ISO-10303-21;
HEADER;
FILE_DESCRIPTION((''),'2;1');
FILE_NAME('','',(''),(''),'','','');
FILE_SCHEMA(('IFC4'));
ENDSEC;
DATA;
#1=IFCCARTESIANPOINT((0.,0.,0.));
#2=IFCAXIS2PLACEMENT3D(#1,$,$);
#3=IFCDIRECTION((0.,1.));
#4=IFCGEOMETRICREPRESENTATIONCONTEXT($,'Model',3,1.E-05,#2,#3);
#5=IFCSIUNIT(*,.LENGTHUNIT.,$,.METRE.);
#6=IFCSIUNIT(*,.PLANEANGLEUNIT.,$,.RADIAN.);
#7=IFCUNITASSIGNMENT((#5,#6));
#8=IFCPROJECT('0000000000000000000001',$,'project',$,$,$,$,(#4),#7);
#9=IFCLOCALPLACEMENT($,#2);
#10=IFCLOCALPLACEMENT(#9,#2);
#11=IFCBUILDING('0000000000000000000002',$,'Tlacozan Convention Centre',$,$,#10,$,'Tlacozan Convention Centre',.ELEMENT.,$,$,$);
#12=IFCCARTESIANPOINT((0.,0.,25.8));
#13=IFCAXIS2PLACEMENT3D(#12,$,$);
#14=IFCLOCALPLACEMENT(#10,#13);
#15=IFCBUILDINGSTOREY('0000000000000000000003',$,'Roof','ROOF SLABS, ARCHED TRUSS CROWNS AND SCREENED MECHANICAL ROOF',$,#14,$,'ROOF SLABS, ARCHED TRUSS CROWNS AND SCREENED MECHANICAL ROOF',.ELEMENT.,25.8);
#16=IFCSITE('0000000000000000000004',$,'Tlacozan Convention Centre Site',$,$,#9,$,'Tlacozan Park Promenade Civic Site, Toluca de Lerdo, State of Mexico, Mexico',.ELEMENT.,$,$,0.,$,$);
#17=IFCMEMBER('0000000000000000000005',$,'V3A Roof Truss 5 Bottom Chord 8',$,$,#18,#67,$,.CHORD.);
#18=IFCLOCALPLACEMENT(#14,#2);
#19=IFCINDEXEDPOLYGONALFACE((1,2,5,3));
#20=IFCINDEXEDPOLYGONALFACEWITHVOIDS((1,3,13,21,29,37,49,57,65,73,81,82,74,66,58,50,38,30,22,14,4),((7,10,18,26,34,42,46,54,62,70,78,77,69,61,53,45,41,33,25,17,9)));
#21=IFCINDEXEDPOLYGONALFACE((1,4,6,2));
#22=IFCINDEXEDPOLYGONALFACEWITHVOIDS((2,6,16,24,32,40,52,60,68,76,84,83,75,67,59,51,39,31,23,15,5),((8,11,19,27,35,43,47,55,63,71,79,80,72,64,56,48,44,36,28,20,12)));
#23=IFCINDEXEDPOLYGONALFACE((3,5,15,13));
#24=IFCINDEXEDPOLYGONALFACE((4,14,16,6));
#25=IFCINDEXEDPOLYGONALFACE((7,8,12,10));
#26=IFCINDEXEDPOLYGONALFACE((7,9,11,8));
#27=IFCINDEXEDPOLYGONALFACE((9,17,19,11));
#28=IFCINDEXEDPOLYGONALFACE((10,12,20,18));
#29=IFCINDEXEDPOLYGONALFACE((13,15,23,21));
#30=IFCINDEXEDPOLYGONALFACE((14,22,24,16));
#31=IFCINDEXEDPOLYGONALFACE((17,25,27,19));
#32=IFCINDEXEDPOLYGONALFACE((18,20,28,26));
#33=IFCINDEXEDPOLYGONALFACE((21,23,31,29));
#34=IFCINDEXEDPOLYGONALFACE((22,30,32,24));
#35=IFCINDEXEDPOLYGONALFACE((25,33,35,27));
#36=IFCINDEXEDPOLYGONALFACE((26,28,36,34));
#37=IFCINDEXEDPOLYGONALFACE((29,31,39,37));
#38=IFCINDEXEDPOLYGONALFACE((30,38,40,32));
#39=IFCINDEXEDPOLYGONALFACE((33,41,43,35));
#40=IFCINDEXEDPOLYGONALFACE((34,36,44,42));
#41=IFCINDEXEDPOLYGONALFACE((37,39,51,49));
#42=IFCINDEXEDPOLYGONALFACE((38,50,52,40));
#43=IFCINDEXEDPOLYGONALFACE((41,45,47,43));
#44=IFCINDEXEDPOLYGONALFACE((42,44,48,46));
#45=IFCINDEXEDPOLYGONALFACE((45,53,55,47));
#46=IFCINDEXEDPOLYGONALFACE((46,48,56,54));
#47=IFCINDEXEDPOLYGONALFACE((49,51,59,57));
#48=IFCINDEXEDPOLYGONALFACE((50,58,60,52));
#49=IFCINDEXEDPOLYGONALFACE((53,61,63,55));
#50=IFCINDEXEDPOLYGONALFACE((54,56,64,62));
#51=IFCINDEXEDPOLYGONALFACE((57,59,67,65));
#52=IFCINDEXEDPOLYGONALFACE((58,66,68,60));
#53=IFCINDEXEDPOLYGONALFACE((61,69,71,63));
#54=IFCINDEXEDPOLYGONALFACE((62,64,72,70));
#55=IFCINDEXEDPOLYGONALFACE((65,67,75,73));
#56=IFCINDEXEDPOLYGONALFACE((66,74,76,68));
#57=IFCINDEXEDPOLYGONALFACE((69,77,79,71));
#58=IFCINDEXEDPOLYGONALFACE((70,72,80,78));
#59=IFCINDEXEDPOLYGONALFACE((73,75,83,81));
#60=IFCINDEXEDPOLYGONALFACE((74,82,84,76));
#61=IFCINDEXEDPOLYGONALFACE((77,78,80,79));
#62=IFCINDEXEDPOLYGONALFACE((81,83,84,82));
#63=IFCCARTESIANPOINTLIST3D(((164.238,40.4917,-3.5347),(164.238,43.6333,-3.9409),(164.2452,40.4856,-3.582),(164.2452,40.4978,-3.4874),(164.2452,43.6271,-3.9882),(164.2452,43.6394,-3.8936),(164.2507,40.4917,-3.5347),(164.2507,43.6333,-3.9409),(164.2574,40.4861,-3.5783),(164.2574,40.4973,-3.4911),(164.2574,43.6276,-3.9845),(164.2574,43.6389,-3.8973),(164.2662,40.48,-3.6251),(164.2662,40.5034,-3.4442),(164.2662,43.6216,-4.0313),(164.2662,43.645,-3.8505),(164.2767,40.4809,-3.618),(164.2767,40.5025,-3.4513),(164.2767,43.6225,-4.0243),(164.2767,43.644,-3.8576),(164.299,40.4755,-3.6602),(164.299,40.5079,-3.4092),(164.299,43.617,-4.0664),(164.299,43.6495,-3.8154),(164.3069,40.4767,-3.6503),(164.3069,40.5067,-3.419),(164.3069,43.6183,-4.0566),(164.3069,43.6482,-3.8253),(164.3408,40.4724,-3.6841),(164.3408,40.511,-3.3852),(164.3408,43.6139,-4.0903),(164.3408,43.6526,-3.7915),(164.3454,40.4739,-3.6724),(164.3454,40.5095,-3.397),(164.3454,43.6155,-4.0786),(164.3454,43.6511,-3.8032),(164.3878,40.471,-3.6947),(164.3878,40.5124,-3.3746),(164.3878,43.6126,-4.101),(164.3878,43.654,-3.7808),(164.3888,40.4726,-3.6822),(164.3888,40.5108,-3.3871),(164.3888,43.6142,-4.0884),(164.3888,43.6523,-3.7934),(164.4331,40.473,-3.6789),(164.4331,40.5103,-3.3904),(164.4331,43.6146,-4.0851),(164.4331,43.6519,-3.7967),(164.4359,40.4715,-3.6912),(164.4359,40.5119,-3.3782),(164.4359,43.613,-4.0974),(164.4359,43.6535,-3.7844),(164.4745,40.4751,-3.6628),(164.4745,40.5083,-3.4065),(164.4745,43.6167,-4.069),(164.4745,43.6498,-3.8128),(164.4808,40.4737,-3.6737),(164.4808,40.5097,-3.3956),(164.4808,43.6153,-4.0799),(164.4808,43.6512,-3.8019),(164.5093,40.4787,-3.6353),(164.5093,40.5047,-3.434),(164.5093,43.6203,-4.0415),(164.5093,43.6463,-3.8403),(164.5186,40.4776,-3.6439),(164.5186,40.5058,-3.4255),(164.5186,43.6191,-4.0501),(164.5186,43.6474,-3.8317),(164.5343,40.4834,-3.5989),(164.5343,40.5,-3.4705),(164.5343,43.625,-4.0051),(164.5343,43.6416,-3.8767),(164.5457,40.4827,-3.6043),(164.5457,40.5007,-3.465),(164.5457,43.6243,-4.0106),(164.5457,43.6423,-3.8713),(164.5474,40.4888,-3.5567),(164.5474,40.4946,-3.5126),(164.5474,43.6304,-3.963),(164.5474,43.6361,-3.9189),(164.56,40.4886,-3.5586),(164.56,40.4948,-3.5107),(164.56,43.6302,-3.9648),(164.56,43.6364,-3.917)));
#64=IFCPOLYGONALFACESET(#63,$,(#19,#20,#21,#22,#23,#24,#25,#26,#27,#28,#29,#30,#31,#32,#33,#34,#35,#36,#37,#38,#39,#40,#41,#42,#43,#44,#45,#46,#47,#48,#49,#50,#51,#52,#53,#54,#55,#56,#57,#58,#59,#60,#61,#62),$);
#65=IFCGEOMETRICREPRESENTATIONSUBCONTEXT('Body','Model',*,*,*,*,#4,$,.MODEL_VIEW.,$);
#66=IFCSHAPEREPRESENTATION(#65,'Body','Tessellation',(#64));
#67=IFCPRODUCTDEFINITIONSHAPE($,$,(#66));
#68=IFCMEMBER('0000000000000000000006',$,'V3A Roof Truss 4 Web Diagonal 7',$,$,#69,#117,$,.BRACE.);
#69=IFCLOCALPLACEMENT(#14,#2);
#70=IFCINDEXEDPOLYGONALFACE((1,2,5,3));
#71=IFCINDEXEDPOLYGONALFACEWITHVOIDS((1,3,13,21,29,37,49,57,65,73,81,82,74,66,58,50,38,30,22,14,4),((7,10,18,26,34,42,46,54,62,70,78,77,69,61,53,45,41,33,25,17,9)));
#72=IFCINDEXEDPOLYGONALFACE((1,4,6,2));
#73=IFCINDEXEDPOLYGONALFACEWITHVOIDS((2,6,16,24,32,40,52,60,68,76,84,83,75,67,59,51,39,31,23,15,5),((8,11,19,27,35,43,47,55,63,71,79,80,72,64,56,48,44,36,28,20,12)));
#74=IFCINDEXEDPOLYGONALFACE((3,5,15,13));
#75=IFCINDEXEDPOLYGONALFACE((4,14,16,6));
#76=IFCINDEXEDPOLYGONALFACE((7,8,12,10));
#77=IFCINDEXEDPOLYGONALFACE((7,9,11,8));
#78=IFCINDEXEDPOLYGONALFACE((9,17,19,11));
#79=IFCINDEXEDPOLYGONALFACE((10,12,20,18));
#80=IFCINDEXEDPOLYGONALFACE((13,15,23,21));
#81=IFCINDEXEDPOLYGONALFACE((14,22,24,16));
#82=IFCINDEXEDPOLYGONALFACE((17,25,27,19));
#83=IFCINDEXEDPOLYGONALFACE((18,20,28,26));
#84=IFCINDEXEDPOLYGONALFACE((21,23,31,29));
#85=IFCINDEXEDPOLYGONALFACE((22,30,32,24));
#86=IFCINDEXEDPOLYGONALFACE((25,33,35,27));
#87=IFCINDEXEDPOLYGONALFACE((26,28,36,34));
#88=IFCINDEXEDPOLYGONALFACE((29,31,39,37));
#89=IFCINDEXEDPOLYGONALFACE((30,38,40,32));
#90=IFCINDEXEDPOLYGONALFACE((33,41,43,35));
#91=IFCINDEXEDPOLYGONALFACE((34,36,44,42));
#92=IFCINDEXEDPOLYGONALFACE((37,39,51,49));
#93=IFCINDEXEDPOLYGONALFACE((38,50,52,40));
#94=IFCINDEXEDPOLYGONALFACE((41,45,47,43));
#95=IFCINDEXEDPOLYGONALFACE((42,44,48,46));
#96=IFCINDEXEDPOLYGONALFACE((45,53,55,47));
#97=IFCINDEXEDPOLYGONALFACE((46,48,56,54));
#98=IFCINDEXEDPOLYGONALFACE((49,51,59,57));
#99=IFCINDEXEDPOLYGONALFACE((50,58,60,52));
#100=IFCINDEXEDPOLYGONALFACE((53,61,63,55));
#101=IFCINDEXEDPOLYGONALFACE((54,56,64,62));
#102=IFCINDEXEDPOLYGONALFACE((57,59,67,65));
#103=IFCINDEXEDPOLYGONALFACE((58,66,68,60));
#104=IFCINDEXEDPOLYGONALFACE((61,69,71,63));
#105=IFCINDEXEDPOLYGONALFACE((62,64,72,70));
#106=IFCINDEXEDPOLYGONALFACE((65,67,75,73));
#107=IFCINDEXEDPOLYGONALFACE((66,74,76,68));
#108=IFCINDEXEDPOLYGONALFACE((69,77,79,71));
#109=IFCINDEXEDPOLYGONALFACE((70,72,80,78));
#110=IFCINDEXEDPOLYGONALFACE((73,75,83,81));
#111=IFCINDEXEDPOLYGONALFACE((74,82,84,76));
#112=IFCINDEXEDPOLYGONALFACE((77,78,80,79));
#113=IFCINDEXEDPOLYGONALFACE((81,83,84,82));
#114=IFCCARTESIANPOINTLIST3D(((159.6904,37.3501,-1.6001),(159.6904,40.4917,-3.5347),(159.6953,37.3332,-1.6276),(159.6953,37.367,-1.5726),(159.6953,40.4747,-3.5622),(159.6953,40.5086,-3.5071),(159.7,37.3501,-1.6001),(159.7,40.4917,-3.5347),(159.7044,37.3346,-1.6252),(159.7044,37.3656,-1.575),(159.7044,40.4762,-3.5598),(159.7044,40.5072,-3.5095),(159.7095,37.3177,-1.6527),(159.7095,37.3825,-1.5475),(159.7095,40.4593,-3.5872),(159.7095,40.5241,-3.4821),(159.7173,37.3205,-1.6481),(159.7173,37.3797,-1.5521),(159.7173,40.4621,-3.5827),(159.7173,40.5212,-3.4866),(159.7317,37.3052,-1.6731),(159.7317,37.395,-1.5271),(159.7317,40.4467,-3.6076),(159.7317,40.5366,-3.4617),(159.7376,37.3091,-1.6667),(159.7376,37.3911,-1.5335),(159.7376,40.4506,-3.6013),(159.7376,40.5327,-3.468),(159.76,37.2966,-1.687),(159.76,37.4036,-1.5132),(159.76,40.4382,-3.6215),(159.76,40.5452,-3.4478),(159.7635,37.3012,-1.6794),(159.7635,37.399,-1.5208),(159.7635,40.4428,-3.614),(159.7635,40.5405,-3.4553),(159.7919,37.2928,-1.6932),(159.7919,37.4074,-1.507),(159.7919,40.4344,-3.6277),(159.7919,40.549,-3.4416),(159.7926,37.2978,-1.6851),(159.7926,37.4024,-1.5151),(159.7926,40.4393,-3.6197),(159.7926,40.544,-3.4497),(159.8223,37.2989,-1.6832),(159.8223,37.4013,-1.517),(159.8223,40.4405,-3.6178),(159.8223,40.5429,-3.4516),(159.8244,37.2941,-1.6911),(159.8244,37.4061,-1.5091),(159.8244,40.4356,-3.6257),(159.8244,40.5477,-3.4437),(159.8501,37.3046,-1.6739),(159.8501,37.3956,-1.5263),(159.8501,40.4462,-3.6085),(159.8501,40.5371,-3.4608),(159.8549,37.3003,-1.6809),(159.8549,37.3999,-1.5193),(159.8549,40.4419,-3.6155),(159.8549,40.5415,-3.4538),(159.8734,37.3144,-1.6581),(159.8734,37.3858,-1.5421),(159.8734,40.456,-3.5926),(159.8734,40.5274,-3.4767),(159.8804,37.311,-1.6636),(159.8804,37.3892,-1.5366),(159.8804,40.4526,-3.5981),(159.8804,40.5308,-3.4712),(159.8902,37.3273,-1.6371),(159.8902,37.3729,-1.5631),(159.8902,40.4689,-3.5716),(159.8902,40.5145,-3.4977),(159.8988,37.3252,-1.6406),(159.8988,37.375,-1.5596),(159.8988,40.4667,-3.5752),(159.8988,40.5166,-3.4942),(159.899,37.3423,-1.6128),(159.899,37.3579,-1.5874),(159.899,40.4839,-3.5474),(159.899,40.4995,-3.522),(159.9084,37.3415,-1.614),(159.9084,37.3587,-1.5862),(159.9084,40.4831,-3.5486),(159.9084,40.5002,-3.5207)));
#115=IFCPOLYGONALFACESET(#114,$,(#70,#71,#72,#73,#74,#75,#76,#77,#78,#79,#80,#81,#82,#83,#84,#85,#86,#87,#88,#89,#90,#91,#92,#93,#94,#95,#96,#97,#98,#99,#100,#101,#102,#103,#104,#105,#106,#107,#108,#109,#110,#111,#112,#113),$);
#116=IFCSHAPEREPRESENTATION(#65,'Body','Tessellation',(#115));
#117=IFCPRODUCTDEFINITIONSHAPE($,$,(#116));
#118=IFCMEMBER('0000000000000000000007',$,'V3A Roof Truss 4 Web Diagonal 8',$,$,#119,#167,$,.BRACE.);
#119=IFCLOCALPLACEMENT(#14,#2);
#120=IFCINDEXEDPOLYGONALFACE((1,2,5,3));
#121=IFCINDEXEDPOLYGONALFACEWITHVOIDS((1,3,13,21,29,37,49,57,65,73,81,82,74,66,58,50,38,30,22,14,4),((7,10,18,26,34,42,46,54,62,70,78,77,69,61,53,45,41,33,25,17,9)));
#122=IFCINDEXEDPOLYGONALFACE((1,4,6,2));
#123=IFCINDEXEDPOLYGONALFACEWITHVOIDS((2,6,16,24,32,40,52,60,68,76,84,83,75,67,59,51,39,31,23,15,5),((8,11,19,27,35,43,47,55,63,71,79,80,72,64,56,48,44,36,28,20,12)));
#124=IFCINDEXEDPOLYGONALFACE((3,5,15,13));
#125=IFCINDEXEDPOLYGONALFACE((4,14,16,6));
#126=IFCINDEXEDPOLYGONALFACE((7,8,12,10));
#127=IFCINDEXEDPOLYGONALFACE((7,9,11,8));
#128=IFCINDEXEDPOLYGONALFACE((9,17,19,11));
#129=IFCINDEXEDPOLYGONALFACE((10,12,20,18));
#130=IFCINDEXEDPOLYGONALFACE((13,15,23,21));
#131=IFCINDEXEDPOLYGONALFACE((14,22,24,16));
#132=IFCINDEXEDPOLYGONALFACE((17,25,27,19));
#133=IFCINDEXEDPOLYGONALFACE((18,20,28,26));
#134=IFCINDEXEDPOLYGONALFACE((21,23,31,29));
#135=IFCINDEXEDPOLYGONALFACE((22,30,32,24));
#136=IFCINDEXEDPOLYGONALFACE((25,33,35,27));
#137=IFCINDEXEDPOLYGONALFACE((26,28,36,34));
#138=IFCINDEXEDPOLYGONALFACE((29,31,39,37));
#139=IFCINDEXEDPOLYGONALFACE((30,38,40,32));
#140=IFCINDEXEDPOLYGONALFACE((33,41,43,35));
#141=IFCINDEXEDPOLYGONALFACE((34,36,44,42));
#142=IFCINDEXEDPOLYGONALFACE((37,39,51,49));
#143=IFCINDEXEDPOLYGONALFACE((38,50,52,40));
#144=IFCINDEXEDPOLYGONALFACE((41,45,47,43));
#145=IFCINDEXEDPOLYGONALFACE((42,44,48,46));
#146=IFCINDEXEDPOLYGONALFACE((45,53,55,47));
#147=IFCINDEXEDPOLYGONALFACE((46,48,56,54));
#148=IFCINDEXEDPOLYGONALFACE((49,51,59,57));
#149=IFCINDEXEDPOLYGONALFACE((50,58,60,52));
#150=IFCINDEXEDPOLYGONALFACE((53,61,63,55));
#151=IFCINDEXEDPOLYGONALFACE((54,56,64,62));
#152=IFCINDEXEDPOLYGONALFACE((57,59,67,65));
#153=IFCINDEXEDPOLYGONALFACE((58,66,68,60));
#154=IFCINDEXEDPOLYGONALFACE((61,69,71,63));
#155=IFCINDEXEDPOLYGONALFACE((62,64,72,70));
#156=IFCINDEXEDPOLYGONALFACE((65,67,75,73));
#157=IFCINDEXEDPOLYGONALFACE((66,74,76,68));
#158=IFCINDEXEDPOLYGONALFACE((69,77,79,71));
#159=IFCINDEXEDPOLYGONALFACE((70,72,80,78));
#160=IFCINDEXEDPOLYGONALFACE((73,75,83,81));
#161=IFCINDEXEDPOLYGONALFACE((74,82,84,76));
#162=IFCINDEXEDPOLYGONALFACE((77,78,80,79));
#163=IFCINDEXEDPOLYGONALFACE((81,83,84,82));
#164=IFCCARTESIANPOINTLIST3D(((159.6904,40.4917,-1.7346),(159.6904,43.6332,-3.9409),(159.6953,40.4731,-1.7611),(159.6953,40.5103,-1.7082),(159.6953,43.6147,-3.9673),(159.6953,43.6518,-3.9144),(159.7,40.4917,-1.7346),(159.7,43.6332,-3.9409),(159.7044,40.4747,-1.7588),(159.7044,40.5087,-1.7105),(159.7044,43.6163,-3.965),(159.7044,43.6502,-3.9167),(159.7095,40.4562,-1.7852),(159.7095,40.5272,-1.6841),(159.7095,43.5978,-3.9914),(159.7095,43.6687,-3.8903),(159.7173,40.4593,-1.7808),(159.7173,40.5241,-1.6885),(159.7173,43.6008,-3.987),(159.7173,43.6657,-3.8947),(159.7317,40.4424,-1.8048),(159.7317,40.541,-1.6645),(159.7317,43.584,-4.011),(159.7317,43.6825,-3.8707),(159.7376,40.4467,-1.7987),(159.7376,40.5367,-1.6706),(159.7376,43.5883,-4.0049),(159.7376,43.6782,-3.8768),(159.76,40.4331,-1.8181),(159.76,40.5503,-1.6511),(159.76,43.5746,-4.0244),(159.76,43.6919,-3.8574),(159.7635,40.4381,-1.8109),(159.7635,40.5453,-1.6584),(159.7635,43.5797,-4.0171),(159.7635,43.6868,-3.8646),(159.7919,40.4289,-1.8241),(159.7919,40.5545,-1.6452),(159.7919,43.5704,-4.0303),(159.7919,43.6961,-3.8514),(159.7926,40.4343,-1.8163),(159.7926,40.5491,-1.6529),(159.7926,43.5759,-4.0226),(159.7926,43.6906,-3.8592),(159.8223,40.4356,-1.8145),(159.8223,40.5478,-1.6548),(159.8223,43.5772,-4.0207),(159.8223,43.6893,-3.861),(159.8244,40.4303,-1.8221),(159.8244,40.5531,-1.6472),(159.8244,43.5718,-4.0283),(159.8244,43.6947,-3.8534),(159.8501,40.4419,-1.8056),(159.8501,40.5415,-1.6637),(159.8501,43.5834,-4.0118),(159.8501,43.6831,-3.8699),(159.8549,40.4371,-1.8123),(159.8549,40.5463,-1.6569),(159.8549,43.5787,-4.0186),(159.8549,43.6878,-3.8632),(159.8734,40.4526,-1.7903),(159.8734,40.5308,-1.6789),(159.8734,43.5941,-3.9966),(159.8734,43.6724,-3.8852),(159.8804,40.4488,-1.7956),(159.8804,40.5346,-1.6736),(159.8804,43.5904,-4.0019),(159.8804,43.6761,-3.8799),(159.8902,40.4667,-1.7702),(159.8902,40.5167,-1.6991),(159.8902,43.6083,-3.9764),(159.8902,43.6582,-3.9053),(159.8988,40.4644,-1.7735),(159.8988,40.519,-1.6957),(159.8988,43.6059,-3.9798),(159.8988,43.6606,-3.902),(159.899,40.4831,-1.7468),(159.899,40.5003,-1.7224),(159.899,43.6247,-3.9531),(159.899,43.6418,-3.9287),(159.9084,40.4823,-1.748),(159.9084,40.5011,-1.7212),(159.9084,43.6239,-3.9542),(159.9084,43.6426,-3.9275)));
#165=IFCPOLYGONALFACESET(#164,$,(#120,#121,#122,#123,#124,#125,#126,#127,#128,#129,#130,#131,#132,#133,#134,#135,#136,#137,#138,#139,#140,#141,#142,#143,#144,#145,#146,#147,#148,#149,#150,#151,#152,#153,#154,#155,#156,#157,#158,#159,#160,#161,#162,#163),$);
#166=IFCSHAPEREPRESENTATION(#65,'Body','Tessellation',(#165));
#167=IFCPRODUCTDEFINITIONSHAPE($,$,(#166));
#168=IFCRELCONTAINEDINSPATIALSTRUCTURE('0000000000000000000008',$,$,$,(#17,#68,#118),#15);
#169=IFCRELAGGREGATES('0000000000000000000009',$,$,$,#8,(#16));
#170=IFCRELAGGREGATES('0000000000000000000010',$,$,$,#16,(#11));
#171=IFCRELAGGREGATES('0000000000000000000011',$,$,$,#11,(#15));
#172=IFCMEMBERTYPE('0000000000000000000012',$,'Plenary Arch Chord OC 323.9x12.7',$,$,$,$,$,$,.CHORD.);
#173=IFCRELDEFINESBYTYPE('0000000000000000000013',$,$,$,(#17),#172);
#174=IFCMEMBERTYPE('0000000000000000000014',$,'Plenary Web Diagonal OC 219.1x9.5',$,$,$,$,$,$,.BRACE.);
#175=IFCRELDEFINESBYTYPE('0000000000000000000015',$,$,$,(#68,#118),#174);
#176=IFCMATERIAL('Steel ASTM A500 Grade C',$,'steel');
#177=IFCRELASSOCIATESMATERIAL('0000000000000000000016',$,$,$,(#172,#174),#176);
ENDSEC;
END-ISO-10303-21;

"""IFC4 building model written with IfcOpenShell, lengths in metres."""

from ifc_helpers import new_model, si_unit, direction, frame, origin, origin_2d, place, context, subcontext, project, spatial, hollow_circle, extrude, material, material_profile, profile_set, type_object, element, save


model = new_model("IFC4")

# Units and contexts
model_context = context("Model", 3, precision=1e-05, world=origin(), true_north=direction((0.0, 1.0)))
body_context = subcontext(model_context, "Body", "Model", "MODEL_VIEW")
ifc_project = project(units=[si_unit("LENGTHUNIT", "METRE"), si_unit("PLANEANGLEUNIT", "RADIAN")], contexts=[model_context])

# Site, building, storey
site_placement = place(None, origin())
site = spatial("IfcSite", under=ifc_project, at=site_placement, Name="Tlacozan Convention Centre Site", LongName="Tlacozan Park Promenade Civic Site, Toluca de Lerdo, State of Mexico, Mexico", CompositionType="ELEMENT", RefElevation=0.0)
building_placement = place(site_placement, origin())
building = spatial("IfcBuilding", under=site, at=building_placement, Name="Tlacozan Convention Centre", LongName="Tlacozan Convention Centre", CompositionType="ELEMENT")
storey_placement = place(building_placement, frame((0.0, 0.0, 25.8)))
storey = spatial("IfcBuildingStorey", under=building, at=storey_placement, Name="Roof", Description="ROOF SLABS, ARCHED TRUSS CROWNS AND SCREENED MECHANICAL ROOF", LongName="ROOF SLABS, ARCHED TRUSS CROWNS AND SCREENED MECHANICAL ROOF", CompositionType="ELEMENT", Elevation=25.8)

# Members
ifc_material_1 = material(Name="Steel ASTM A500 Grade C", Category="steel")
ifc_material_profile_1 = material_profile(ifc_material_1, hollow_circle(Radius=0.1619, WallThickness=0.0127, at=origin_2d()), Name="OC 323.9x12.7")
ifc_profile_set_1 = profile_set([ifc_material_profile_1], Name="Steel ASTM A500 Grade C")
member_type_1 = type_object("IfcMemberType", Name="Plenary Arch Chord OC 323.9x12.7", PredefinedType="CHORD", material=ifc_profile_set_1)
for number, where, z_axis, x_axis, name in (
    (1, (164.3999, 40.4917, -3.5347), (0.0, 0.991742, -0.128245), (-1.0, 0.0, 0.0), "V3A Roof Truss 5 Bottom Chord 8"),
):
    element("IfcMember", number, at=place(storey_placement, frame(where, z_axis=z_axis, x_axis=x_axis)), inside=storey, type_object=member_type_1, Name=name, PredefinedType="CHORD", context=body_context, shape_type="SweptSolid", body=[
        extrude(hollow_circle(Radius=0.1619, WallThickness=0.0127, at=origin_2d()), origin(), (0.0, 0.0, 1.0), 3.1677),
    ])
ifc_material_profile_2 = material_profile(ifc_material_1, hollow_circle(Radius=0.1096, WallThickness=0.0095, at=origin_2d()), Name="OC 219.1x9.5")
ifc_profile_set_2 = profile_set([ifc_material_profile_2], Name="Steel ASTM A500 Grade C")
member_type_2 = type_object("IfcMemberType", Name="Plenary Web Diagonal OC 219.1x9.5", PredefinedType="BRACE", material=ifc_profile_set_2)
member_1_placement = place(storey_placement, frame((159.8, 37.3501, -1.6001), z_axis=(0.0, 0.851504, -0.524348), x_axis=(-1.0, 0.0, 0.0)))
element("IfcMember", 2, at=member_1_placement, inside=storey, type_object=member_type_2, Name="V3A Roof Truss 4 Web Diagonal 7", PredefinedType="BRACE", context=body_context, shape_type="SweptSolid", body=[
    extrude(hollow_circle(Radius=0.1096, WallThickness=0.0095, at=origin_2d()), origin(), (0.0, 0.0, 1.0), 3.6895),
])
member_2_placement = place(storey_placement, frame((159.8, 40.4917, -1.7346), z_axis=(0.0, 0.818353, -0.574717), x_axis=(-1.0, 0.0, 0.0)))
element("IfcMember", 3, at=member_2_placement, inside=storey, type_object=member_type_2, Name="V3A Roof Truss 4 Web Diagonal 8", PredefinedType="BRACE", context=body_context, shape_type="SweptSolid", body=[
    extrude(hollow_circle(Radius=0.1096, WallThickness=0.0095, at=origin_2d()), origin(), (0.0, 0.0, 1.0), 3.8389),
])

save(model, "model.ifc")
